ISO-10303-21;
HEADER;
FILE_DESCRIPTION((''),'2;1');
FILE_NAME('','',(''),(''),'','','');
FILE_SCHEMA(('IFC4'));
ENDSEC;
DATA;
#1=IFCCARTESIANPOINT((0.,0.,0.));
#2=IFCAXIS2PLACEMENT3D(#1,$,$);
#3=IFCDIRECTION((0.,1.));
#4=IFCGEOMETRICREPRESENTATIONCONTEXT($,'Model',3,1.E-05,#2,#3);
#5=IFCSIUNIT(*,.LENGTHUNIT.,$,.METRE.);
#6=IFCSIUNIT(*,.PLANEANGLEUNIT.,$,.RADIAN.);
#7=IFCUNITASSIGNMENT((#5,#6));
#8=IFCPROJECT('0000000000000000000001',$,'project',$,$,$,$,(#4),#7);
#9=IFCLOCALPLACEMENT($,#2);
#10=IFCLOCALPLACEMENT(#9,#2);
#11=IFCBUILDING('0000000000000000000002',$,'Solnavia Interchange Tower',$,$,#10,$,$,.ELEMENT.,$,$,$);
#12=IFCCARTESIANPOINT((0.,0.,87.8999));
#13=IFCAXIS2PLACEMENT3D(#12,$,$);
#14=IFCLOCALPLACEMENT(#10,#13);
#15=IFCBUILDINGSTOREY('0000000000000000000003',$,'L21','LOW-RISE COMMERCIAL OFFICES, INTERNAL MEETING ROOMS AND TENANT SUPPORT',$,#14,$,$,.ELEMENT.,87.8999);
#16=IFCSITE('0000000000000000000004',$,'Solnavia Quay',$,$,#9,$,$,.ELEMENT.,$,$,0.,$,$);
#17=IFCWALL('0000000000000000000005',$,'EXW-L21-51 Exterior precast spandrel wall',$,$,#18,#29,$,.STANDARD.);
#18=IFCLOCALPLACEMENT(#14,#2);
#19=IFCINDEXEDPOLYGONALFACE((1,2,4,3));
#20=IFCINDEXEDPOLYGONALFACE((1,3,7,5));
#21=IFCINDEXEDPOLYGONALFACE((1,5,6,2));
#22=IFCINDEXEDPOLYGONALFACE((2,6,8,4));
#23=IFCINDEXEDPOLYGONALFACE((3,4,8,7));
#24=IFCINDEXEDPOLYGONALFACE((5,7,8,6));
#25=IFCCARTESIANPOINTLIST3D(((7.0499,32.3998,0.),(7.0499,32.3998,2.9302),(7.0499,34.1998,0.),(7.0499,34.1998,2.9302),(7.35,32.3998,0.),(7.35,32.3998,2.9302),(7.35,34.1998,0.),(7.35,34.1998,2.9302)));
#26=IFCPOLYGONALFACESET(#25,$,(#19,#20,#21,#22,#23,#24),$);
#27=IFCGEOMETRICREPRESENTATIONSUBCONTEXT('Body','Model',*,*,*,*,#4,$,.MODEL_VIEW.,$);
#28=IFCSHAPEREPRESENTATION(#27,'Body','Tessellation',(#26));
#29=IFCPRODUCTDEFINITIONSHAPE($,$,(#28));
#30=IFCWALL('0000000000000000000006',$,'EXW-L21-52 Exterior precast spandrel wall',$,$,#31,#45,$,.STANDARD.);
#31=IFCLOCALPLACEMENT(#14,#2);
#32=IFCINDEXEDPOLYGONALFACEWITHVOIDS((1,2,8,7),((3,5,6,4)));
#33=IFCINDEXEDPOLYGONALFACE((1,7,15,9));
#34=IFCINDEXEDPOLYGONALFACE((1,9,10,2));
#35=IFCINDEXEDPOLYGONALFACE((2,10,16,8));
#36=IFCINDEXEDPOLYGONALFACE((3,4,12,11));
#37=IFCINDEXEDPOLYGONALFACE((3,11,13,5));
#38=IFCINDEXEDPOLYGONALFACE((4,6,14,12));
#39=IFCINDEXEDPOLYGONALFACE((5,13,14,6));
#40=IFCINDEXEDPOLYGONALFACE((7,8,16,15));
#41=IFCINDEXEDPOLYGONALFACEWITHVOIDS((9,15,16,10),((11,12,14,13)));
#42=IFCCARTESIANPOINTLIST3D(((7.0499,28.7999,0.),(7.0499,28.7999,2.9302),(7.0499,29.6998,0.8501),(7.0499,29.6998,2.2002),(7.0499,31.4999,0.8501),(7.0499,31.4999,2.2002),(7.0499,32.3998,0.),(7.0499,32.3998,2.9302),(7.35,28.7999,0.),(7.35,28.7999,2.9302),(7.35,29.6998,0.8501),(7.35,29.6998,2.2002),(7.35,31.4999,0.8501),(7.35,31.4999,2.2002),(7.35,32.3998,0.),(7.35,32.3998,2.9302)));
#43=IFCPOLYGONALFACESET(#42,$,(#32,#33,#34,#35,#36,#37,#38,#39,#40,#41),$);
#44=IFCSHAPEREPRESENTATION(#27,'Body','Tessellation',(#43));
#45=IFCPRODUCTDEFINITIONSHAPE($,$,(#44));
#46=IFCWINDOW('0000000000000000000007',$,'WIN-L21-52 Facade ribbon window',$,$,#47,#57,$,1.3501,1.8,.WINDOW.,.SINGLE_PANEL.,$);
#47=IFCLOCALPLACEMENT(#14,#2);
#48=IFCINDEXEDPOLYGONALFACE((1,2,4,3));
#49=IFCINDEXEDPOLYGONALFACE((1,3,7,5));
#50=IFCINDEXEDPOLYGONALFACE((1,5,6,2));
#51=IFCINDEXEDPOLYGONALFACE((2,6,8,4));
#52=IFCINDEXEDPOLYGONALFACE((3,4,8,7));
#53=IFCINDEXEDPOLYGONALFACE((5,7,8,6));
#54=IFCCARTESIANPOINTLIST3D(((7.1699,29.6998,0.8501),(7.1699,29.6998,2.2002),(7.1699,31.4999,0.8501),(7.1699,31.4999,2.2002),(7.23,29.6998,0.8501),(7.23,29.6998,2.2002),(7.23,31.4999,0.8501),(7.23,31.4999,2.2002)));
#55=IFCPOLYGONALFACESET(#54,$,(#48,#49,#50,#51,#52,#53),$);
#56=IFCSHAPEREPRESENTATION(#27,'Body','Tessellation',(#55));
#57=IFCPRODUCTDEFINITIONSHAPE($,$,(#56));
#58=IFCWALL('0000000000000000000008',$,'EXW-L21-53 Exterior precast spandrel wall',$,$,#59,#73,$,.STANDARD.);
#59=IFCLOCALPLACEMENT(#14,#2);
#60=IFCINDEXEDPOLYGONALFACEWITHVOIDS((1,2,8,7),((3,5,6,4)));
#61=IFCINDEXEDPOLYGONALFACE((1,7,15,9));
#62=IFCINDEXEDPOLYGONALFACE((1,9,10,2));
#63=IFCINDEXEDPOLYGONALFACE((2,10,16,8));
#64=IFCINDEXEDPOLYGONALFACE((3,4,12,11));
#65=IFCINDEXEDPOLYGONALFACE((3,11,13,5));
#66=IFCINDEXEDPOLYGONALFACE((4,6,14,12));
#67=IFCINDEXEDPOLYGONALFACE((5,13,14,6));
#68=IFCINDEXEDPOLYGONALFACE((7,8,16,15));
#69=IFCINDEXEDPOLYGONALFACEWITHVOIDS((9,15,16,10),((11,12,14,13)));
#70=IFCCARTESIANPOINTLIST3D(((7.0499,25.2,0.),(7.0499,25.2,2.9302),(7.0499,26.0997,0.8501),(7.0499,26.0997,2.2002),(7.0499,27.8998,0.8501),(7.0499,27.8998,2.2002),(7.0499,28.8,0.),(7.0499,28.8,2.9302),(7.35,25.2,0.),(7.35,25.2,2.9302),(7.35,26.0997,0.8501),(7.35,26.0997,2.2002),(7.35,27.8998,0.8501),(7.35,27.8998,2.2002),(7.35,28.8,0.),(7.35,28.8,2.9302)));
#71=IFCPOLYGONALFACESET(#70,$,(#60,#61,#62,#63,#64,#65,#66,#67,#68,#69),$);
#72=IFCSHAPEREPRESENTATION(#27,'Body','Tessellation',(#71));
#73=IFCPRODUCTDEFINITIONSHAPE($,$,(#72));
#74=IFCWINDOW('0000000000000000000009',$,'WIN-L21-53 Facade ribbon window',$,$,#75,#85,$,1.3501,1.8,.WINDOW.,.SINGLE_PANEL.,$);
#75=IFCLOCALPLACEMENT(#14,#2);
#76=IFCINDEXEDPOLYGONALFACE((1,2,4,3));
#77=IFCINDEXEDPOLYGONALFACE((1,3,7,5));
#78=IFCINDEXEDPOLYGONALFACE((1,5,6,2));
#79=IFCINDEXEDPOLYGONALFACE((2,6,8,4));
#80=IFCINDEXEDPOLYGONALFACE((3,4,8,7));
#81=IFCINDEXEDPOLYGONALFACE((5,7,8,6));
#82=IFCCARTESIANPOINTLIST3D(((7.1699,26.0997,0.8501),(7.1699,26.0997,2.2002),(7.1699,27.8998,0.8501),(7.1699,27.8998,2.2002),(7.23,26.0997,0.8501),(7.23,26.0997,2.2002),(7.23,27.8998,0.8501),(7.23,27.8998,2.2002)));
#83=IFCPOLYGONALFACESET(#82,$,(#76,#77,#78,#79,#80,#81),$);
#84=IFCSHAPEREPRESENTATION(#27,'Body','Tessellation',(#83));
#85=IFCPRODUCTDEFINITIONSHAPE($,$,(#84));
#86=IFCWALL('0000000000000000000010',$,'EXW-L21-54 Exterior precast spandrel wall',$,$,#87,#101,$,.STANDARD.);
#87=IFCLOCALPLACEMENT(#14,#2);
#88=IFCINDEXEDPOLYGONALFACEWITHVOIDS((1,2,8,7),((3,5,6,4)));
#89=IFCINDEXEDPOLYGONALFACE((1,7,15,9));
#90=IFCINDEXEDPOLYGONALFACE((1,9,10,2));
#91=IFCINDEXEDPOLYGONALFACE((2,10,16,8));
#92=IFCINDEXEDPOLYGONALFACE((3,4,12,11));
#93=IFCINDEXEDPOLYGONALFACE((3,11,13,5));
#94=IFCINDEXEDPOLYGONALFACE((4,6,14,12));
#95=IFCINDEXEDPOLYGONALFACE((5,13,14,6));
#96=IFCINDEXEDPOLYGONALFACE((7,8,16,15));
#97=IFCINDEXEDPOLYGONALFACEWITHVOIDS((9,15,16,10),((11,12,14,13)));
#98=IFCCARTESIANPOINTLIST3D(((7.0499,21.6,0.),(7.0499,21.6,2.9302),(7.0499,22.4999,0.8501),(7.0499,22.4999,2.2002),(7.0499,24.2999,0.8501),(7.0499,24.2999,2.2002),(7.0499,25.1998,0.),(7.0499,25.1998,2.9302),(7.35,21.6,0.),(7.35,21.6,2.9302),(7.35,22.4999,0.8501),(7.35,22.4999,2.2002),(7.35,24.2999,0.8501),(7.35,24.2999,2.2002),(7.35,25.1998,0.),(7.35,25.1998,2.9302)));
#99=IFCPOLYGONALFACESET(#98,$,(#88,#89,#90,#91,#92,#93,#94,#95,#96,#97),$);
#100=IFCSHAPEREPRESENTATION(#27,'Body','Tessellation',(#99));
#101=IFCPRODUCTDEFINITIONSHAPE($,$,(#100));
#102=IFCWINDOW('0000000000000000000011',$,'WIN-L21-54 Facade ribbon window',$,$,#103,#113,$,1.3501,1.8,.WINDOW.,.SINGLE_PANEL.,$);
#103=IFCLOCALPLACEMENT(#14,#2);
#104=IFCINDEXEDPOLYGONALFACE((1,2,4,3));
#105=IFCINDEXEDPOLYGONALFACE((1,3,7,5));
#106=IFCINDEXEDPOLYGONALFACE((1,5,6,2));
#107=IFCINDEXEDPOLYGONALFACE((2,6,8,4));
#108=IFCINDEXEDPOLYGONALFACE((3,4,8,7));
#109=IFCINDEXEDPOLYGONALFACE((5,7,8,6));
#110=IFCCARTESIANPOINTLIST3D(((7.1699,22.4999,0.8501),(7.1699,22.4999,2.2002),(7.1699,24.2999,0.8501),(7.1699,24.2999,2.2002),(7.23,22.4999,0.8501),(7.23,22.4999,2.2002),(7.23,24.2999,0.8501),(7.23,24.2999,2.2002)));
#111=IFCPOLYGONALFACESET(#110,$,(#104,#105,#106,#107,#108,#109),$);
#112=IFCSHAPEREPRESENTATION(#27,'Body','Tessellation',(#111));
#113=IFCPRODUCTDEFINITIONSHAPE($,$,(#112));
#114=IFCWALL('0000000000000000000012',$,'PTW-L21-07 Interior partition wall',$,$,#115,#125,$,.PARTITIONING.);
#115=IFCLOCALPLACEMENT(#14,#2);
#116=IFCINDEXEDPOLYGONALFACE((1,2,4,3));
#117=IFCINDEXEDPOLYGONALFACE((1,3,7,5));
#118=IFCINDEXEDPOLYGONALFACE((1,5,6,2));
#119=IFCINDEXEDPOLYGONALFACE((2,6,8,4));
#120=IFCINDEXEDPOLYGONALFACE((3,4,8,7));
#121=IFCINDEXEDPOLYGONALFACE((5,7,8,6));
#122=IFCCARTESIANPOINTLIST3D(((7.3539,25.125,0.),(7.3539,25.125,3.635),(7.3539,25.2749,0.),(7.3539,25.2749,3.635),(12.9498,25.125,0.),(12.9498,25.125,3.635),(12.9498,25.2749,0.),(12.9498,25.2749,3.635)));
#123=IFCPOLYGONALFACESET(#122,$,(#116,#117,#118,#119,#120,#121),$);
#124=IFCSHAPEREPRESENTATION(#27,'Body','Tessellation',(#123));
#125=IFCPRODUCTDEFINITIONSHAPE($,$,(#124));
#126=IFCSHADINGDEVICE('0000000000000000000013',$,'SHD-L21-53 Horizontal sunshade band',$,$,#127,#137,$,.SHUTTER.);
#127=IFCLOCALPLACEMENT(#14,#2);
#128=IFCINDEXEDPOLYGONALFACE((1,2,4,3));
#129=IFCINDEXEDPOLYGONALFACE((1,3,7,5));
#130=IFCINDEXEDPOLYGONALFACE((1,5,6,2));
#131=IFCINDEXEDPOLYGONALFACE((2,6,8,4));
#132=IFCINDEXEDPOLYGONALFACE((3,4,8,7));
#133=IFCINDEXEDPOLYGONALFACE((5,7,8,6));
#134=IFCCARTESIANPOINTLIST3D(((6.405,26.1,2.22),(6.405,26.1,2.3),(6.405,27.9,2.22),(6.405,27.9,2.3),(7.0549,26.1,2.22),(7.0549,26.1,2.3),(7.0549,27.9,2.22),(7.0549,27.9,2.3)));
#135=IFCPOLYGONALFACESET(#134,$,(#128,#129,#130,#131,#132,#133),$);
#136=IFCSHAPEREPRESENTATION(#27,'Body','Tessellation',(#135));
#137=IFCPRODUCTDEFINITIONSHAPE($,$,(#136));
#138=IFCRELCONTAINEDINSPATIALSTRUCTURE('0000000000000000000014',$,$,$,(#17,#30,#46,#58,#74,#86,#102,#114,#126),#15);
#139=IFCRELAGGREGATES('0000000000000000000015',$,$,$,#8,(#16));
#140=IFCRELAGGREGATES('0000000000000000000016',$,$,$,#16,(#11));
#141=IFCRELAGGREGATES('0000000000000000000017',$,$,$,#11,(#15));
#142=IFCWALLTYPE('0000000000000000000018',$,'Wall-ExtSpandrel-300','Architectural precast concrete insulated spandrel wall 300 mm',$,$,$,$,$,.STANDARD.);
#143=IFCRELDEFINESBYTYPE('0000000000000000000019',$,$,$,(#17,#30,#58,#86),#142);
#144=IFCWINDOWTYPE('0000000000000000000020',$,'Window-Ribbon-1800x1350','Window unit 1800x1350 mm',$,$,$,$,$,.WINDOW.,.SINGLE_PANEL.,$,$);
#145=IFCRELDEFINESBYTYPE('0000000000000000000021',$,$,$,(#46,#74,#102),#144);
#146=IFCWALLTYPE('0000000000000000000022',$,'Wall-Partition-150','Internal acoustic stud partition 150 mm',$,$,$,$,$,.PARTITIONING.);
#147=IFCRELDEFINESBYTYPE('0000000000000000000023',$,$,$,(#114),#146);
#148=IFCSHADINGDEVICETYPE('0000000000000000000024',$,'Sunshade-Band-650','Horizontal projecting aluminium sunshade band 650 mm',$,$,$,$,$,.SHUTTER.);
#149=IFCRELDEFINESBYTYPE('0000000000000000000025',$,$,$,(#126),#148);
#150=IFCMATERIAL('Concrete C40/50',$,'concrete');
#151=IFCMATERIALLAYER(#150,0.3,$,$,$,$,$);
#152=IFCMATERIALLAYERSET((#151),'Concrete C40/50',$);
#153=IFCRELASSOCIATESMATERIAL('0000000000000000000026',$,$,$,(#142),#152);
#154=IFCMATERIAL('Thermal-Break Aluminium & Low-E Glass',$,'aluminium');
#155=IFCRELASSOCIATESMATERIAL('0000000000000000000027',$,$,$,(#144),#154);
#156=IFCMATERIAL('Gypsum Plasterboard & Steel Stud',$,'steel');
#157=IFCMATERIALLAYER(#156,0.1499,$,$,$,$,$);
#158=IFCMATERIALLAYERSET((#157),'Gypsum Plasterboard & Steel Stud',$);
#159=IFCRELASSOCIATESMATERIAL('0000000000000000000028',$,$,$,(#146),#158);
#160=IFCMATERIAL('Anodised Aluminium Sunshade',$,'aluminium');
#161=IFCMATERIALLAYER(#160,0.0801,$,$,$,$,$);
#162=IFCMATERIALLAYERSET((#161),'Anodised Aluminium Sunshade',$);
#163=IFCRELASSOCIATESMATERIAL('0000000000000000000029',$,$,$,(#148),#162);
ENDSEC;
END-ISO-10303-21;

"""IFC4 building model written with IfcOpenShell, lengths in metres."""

from ifc_helpers import new_model, si_unit, direction, frame, frame_2d, origin, origin_2d, place, context, subcontext, project, spatial, rectangle, extrude, material, layer, layer_set, type_object, element, fill, save


model = new_model("IFC4")

# Units and contexts
model_context = context("Model", 3, precision=1e-05, world=origin(), true_north=direction((0.0, 1.0)))
body_context = subcontext(model_context, "Body", "Model", "MODEL_VIEW")
ifc_project = project(units=[si_unit("LENGTHUNIT", "METRE"), si_unit("PLANEANGLEUNIT", "RADIAN")], contexts=[model_context])

# Site, building, storey
site_placement = place(None, origin())
site = spatial("IfcSite", under=ifc_project, at=site_placement, Name="Solnavia Quay", CompositionType="ELEMENT", RefElevation=0.0)
building_placement = place(site_placement, origin())
building = spatial("IfcBuilding", under=site, at=building_placement, Name="Solnavia Interchange Tower", CompositionType="ELEMENT")
storey_placement = place(building_placement, frame((0.0, 0.0, 87.8999)))
storey = spatial("IfcBuildingStorey", under=building, at=storey_placement, Name="L21", Description="LOW-RISE COMMERCIAL OFFICES, INTERNAL MEETING ROOMS AND TENANT SUPPORT", CompositionType="ELEMENT", Elevation=87.8999)

# Wall
ifc_material_1 = material(Name="Concrete C40/50", Category="concrete")
ifc_layer_1 = layer(ifc_material_1, 0.3)
ifc_layer_set_1 = layer_set([ifc_layer_1], Name="Concrete C40/50")
wall_type_1 = type_object("IfcWallType", Name="Wall-ExtSpandrel-300", Description="Architectural precast concrete insulated spandrel wall 300 mm", PredefinedType="STANDARD", material=ifc_layer_set_1)
wall_1_placement = place(storey_placement, frame((7.2, 32.3999, 0.0), z_axis=(0.0, 0.0, 1.0), x_axis=(0.0, 1.0, 0.0)))
element("IfcWall", 1, at=wall_1_placement, inside=storey, type_object=wall_type_1, Name="EXW-L21-51 Exterior precast spandrel wall", PredefinedType="STANDARD", context=body_context, shape_type="SweptSolid", body=[
    extrude(rectangle(XDim=1.8, YDim=0.3, at=frame_2d((0.8999, 0.0))), origin(), (0.0, 0.0, 1.0), 2.9302),
])

# Walls, openings, windows
wall_2_placement = place(storey_placement, frame((7.2, 28.8, 0.0), z_axis=(0.0, 0.0, 1.0), x_axis=(0.0, 1.0, 0.0)))
wall_2 = element("IfcWall", 2, at=wall_2_placement, inside=storey, type_object=wall_type_1, Name="EXW-L21-52 Exterior precast spandrel wall", PredefinedType="STANDARD", context=body_context, shape_type="SweptSolid", body=[
    extrude(rectangle(XDim=3.5999, YDim=0.3, at=frame_2d((1.7998, 0.0))), origin(), (0.0, 0.0, 1.0), 2.9302),
])
opening_1_placement = place(wall_2_placement, frame((0.8999, 0.0, 0.8501)))
opening_1 = element("IfcOpeningElement", 3, at=opening_1_placement, cuts=wall_2, PredefinedType="OPENING", context=body_context, shape_type="SweptSolid", body=[
    extrude(rectangle(XDim=1.8, YDim=1.3501, at=frame_2d((0.8999, 0.675))), frame((0.0, 0.1602, 0.0), z_axis=(0.0, -1.0, 0.0), x_axis=(1.0, 0.0, 0.0)), (0.0, 0.0, 1.0), 0.3201),
])
ifc_material_2 = material(Name="Thermal-Break Aluminium & Low-E Glass", Category="aluminium")
window_type = type_object("IfcWindowType", Name="Window-Ribbon-1800x1350", Description="Window unit 1800x1350 mm", PartitioningType="SINGLE_PANEL", PredefinedType="WINDOW", material=ifc_material_2)
window_1_placement = place(opening_1_placement, origin())
window_1 = element("IfcWindow", 4, at=window_1_placement, inside=storey, type_object=window_type, Name="WIN-L21-52 Facade ribbon window", OverallHeight=1.3501, OverallWidth=1.8, PartitioningType="SINGLE_PANEL", PredefinedType="WINDOW", context=body_context, shape_type="SweptSolid", body=[
    extrude(rectangle(XDim=1.8, YDim=1.3501, at=frame_2d((0.8999, 0.675))), frame((0.0, 0.03, 0.0), z_axis=(0.0, -1.0, 0.0), x_axis=(1.0, 0.0, 0.0)), (0.0, 0.0, 1.0), 0.0601),
])
fill(opening_1, window_1)
wall_3_placement = place(storey_placement, frame((7.2, 25.2, 0.0), z_axis=(0.0, 0.0, 1.0), x_axis=(0.0, 1.0, 0.0)))
wall_3 = element("IfcWall", 5, at=wall_3_placement, inside=storey, type_object=wall_type_1, Name="EXW-L21-53 Exterior precast spandrel wall", PredefinedType="STANDARD", context=body_context, shape_type="SweptSolid", body=[
    extrude(rectangle(XDim=3.6001, YDim=0.3, at=frame_2d((1.8, 0.0))), origin(), (0.0, 0.0, 1.0), 2.9302),
])
opening_2_placement = place(wall_3_placement, frame((0.8999, 0.0, 0.8501)))
opening_2 = element("IfcOpeningElement", 6, at=opening_2_placement, cuts=wall_3, PredefinedType="OPENING", context=body_context, shape_type="SweptSolid", body=[
    extrude(rectangle(XDim=1.8, YDim=1.3501, at=frame_2d((0.8999, 0.675))), frame((0.0, 0.1602, 0.0), z_axis=(0.0, -1.0, 0.0), x_axis=(1.0, 0.0, 0.0)), (0.0, 0.0, 1.0), 0.3201),
])
window_2_placement = place(opening_2_placement, origin())
window_2 = element("IfcWindow", 7, at=window_2_placement, inside=storey, type_object=window_type, Name="WIN-L21-53 Facade ribbon window", OverallHeight=1.3501, OverallWidth=1.8, PartitioningType="SINGLE_PANEL", PredefinedType="WINDOW", context=body_context, shape_type="SweptSolid", body=[
    extrude(rectangle(XDim=1.8, YDim=1.3501, at=frame_2d((0.8999, 0.675))), frame((0.0, 0.03, 0.0), z_axis=(0.0, -1.0, 0.0), x_axis=(1.0, 0.0, 0.0)), (0.0, 0.0, 1.0), 0.0601),
])
fill(opening_2, window_2)
wall_4_placement = place(storey_placement, frame((7.2, 21.6001, 0.0), z_axis=(0.0, 0.0, 1.0), x_axis=(0.0, 1.0, 0.0)))
wall_4 = element("IfcWall", 8, at=wall_4_placement, inside=storey, type_object=wall_type_1, Name="EXW-L21-54 Exterior precast spandrel wall", PredefinedType="STANDARD", context=body_context, shape_type="SweptSolid", body=[
    extrude(rectangle(XDim=3.5999, YDim=0.3, at=frame_2d((1.7998, 0.0))), origin(), (0.0, 0.0, 1.0), 2.9302),
])
opening_3_placement = place(wall_4_placement, frame((0.8999, 0.0, 0.8501)))
opening_3 = element("IfcOpeningElement", 9, at=opening_3_placement, cuts=wall_4, PredefinedType="OPENING", context=body_context, shape_type="SweptSolid", body=[
    extrude(rectangle(XDim=1.8, YDim=1.3501, at=frame_2d((0.8999, 0.675))), frame((0.0, 0.1602, 0.0), z_axis=(0.0, -1.0, 0.0), x_axis=(1.0, 0.0, 0.0)), (0.0, 0.0, 1.0), 0.3201),
])
window_3_placement = place(opening_3_placement, origin())
window_3 = element("IfcWindow", 10, at=window_3_placement, inside=storey, type_object=window_type, Name="WIN-L21-54 Facade ribbon window", OverallHeight=1.3501, OverallWidth=1.8, PartitioningType="SINGLE_PANEL", PredefinedType="WINDOW", context=body_context, shape_type="SweptSolid", body=[
    extrude(rectangle(XDim=1.8, YDim=1.3501, at=frame_2d((0.8999, 0.675))), frame((0.0, 0.03, 0.0), z_axis=(0.0, -1.0, 0.0), x_axis=(1.0, 0.0, 0.0)), (0.0, 0.0, 1.0), 0.0601),
])
fill(opening_3, window_3)

# Wall
ifc_material_3 = material(Name="Gypsum Plasterboard & Steel Stud", Category="steel")
ifc_layer_2 = layer(ifc_material_3, 0.1499)
ifc_layer_set_2 = layer_set([ifc_layer_2], Name="Gypsum Plasterboard & Steel Stud")
wall_type_2 = type_object("IfcWallType", Name="Wall-Partition-150", Description="Internal acoustic stud partition 150 mm", PredefinedType="PARTITIONING", material=ifc_layer_set_2)
wall_5_placement = place(storey_placement, frame((7.354, 25.2, 0.0), z_axis=(0.0, 0.0, 1.0), x_axis=(1.0, 0.0, 0.0)))
element("IfcWall", 11, at=wall_5_placement, inside=storey, type_object=wall_type_2, Name="PTW-L21-07 Interior partition wall", PredefinedType="PARTITIONING", context=body_context, shape_type="SweptSolid", body=[
    extrude(rectangle(XDim=5.5959, YDim=0.1499, at=frame_2d((2.7979, 0.0))), origin(), (0.0, 0.0, 1.0), 3.635),
])

# Shading device
ifc_material_4 = material(Name="Anodised Aluminium Sunshade", Category="aluminium")
ifc_layer_3 = layer(ifc_material_4, 0.0801)
ifc_layer_set_3 = layer_set([ifc_layer_3], Name="Anodised Aluminium Sunshade")
shading_device_type = type_object("IfcShadingDeviceType", Name="Sunshade-Band-650", Description="Horizontal projecting aluminium sunshade band 650 mm", PredefinedType="SHUTTER", material=ifc_layer_set_3)
shading_device_placement = place(storey_placement, frame((6.73, 27.0, 2.22), z_axis=(0.0, 0.0, 1.0), x_axis=(0.0, 1.0, 0.0)))
element("IfcShadingDevice", 12, at=shading_device_placement, inside=storey, type_object=shading_device_type, Name="SHD-L21-53 Horizontal sunshade band", PredefinedType="SHUTTER", context=body_context, shape_type="SweptSolid", body=[
    extrude(rectangle(XDim=1.8, YDim=0.6499, at=origin_2d()), origin(), (0.0, 0.0, 1.0), 0.0801),
])

save(model, "model.ifc")
